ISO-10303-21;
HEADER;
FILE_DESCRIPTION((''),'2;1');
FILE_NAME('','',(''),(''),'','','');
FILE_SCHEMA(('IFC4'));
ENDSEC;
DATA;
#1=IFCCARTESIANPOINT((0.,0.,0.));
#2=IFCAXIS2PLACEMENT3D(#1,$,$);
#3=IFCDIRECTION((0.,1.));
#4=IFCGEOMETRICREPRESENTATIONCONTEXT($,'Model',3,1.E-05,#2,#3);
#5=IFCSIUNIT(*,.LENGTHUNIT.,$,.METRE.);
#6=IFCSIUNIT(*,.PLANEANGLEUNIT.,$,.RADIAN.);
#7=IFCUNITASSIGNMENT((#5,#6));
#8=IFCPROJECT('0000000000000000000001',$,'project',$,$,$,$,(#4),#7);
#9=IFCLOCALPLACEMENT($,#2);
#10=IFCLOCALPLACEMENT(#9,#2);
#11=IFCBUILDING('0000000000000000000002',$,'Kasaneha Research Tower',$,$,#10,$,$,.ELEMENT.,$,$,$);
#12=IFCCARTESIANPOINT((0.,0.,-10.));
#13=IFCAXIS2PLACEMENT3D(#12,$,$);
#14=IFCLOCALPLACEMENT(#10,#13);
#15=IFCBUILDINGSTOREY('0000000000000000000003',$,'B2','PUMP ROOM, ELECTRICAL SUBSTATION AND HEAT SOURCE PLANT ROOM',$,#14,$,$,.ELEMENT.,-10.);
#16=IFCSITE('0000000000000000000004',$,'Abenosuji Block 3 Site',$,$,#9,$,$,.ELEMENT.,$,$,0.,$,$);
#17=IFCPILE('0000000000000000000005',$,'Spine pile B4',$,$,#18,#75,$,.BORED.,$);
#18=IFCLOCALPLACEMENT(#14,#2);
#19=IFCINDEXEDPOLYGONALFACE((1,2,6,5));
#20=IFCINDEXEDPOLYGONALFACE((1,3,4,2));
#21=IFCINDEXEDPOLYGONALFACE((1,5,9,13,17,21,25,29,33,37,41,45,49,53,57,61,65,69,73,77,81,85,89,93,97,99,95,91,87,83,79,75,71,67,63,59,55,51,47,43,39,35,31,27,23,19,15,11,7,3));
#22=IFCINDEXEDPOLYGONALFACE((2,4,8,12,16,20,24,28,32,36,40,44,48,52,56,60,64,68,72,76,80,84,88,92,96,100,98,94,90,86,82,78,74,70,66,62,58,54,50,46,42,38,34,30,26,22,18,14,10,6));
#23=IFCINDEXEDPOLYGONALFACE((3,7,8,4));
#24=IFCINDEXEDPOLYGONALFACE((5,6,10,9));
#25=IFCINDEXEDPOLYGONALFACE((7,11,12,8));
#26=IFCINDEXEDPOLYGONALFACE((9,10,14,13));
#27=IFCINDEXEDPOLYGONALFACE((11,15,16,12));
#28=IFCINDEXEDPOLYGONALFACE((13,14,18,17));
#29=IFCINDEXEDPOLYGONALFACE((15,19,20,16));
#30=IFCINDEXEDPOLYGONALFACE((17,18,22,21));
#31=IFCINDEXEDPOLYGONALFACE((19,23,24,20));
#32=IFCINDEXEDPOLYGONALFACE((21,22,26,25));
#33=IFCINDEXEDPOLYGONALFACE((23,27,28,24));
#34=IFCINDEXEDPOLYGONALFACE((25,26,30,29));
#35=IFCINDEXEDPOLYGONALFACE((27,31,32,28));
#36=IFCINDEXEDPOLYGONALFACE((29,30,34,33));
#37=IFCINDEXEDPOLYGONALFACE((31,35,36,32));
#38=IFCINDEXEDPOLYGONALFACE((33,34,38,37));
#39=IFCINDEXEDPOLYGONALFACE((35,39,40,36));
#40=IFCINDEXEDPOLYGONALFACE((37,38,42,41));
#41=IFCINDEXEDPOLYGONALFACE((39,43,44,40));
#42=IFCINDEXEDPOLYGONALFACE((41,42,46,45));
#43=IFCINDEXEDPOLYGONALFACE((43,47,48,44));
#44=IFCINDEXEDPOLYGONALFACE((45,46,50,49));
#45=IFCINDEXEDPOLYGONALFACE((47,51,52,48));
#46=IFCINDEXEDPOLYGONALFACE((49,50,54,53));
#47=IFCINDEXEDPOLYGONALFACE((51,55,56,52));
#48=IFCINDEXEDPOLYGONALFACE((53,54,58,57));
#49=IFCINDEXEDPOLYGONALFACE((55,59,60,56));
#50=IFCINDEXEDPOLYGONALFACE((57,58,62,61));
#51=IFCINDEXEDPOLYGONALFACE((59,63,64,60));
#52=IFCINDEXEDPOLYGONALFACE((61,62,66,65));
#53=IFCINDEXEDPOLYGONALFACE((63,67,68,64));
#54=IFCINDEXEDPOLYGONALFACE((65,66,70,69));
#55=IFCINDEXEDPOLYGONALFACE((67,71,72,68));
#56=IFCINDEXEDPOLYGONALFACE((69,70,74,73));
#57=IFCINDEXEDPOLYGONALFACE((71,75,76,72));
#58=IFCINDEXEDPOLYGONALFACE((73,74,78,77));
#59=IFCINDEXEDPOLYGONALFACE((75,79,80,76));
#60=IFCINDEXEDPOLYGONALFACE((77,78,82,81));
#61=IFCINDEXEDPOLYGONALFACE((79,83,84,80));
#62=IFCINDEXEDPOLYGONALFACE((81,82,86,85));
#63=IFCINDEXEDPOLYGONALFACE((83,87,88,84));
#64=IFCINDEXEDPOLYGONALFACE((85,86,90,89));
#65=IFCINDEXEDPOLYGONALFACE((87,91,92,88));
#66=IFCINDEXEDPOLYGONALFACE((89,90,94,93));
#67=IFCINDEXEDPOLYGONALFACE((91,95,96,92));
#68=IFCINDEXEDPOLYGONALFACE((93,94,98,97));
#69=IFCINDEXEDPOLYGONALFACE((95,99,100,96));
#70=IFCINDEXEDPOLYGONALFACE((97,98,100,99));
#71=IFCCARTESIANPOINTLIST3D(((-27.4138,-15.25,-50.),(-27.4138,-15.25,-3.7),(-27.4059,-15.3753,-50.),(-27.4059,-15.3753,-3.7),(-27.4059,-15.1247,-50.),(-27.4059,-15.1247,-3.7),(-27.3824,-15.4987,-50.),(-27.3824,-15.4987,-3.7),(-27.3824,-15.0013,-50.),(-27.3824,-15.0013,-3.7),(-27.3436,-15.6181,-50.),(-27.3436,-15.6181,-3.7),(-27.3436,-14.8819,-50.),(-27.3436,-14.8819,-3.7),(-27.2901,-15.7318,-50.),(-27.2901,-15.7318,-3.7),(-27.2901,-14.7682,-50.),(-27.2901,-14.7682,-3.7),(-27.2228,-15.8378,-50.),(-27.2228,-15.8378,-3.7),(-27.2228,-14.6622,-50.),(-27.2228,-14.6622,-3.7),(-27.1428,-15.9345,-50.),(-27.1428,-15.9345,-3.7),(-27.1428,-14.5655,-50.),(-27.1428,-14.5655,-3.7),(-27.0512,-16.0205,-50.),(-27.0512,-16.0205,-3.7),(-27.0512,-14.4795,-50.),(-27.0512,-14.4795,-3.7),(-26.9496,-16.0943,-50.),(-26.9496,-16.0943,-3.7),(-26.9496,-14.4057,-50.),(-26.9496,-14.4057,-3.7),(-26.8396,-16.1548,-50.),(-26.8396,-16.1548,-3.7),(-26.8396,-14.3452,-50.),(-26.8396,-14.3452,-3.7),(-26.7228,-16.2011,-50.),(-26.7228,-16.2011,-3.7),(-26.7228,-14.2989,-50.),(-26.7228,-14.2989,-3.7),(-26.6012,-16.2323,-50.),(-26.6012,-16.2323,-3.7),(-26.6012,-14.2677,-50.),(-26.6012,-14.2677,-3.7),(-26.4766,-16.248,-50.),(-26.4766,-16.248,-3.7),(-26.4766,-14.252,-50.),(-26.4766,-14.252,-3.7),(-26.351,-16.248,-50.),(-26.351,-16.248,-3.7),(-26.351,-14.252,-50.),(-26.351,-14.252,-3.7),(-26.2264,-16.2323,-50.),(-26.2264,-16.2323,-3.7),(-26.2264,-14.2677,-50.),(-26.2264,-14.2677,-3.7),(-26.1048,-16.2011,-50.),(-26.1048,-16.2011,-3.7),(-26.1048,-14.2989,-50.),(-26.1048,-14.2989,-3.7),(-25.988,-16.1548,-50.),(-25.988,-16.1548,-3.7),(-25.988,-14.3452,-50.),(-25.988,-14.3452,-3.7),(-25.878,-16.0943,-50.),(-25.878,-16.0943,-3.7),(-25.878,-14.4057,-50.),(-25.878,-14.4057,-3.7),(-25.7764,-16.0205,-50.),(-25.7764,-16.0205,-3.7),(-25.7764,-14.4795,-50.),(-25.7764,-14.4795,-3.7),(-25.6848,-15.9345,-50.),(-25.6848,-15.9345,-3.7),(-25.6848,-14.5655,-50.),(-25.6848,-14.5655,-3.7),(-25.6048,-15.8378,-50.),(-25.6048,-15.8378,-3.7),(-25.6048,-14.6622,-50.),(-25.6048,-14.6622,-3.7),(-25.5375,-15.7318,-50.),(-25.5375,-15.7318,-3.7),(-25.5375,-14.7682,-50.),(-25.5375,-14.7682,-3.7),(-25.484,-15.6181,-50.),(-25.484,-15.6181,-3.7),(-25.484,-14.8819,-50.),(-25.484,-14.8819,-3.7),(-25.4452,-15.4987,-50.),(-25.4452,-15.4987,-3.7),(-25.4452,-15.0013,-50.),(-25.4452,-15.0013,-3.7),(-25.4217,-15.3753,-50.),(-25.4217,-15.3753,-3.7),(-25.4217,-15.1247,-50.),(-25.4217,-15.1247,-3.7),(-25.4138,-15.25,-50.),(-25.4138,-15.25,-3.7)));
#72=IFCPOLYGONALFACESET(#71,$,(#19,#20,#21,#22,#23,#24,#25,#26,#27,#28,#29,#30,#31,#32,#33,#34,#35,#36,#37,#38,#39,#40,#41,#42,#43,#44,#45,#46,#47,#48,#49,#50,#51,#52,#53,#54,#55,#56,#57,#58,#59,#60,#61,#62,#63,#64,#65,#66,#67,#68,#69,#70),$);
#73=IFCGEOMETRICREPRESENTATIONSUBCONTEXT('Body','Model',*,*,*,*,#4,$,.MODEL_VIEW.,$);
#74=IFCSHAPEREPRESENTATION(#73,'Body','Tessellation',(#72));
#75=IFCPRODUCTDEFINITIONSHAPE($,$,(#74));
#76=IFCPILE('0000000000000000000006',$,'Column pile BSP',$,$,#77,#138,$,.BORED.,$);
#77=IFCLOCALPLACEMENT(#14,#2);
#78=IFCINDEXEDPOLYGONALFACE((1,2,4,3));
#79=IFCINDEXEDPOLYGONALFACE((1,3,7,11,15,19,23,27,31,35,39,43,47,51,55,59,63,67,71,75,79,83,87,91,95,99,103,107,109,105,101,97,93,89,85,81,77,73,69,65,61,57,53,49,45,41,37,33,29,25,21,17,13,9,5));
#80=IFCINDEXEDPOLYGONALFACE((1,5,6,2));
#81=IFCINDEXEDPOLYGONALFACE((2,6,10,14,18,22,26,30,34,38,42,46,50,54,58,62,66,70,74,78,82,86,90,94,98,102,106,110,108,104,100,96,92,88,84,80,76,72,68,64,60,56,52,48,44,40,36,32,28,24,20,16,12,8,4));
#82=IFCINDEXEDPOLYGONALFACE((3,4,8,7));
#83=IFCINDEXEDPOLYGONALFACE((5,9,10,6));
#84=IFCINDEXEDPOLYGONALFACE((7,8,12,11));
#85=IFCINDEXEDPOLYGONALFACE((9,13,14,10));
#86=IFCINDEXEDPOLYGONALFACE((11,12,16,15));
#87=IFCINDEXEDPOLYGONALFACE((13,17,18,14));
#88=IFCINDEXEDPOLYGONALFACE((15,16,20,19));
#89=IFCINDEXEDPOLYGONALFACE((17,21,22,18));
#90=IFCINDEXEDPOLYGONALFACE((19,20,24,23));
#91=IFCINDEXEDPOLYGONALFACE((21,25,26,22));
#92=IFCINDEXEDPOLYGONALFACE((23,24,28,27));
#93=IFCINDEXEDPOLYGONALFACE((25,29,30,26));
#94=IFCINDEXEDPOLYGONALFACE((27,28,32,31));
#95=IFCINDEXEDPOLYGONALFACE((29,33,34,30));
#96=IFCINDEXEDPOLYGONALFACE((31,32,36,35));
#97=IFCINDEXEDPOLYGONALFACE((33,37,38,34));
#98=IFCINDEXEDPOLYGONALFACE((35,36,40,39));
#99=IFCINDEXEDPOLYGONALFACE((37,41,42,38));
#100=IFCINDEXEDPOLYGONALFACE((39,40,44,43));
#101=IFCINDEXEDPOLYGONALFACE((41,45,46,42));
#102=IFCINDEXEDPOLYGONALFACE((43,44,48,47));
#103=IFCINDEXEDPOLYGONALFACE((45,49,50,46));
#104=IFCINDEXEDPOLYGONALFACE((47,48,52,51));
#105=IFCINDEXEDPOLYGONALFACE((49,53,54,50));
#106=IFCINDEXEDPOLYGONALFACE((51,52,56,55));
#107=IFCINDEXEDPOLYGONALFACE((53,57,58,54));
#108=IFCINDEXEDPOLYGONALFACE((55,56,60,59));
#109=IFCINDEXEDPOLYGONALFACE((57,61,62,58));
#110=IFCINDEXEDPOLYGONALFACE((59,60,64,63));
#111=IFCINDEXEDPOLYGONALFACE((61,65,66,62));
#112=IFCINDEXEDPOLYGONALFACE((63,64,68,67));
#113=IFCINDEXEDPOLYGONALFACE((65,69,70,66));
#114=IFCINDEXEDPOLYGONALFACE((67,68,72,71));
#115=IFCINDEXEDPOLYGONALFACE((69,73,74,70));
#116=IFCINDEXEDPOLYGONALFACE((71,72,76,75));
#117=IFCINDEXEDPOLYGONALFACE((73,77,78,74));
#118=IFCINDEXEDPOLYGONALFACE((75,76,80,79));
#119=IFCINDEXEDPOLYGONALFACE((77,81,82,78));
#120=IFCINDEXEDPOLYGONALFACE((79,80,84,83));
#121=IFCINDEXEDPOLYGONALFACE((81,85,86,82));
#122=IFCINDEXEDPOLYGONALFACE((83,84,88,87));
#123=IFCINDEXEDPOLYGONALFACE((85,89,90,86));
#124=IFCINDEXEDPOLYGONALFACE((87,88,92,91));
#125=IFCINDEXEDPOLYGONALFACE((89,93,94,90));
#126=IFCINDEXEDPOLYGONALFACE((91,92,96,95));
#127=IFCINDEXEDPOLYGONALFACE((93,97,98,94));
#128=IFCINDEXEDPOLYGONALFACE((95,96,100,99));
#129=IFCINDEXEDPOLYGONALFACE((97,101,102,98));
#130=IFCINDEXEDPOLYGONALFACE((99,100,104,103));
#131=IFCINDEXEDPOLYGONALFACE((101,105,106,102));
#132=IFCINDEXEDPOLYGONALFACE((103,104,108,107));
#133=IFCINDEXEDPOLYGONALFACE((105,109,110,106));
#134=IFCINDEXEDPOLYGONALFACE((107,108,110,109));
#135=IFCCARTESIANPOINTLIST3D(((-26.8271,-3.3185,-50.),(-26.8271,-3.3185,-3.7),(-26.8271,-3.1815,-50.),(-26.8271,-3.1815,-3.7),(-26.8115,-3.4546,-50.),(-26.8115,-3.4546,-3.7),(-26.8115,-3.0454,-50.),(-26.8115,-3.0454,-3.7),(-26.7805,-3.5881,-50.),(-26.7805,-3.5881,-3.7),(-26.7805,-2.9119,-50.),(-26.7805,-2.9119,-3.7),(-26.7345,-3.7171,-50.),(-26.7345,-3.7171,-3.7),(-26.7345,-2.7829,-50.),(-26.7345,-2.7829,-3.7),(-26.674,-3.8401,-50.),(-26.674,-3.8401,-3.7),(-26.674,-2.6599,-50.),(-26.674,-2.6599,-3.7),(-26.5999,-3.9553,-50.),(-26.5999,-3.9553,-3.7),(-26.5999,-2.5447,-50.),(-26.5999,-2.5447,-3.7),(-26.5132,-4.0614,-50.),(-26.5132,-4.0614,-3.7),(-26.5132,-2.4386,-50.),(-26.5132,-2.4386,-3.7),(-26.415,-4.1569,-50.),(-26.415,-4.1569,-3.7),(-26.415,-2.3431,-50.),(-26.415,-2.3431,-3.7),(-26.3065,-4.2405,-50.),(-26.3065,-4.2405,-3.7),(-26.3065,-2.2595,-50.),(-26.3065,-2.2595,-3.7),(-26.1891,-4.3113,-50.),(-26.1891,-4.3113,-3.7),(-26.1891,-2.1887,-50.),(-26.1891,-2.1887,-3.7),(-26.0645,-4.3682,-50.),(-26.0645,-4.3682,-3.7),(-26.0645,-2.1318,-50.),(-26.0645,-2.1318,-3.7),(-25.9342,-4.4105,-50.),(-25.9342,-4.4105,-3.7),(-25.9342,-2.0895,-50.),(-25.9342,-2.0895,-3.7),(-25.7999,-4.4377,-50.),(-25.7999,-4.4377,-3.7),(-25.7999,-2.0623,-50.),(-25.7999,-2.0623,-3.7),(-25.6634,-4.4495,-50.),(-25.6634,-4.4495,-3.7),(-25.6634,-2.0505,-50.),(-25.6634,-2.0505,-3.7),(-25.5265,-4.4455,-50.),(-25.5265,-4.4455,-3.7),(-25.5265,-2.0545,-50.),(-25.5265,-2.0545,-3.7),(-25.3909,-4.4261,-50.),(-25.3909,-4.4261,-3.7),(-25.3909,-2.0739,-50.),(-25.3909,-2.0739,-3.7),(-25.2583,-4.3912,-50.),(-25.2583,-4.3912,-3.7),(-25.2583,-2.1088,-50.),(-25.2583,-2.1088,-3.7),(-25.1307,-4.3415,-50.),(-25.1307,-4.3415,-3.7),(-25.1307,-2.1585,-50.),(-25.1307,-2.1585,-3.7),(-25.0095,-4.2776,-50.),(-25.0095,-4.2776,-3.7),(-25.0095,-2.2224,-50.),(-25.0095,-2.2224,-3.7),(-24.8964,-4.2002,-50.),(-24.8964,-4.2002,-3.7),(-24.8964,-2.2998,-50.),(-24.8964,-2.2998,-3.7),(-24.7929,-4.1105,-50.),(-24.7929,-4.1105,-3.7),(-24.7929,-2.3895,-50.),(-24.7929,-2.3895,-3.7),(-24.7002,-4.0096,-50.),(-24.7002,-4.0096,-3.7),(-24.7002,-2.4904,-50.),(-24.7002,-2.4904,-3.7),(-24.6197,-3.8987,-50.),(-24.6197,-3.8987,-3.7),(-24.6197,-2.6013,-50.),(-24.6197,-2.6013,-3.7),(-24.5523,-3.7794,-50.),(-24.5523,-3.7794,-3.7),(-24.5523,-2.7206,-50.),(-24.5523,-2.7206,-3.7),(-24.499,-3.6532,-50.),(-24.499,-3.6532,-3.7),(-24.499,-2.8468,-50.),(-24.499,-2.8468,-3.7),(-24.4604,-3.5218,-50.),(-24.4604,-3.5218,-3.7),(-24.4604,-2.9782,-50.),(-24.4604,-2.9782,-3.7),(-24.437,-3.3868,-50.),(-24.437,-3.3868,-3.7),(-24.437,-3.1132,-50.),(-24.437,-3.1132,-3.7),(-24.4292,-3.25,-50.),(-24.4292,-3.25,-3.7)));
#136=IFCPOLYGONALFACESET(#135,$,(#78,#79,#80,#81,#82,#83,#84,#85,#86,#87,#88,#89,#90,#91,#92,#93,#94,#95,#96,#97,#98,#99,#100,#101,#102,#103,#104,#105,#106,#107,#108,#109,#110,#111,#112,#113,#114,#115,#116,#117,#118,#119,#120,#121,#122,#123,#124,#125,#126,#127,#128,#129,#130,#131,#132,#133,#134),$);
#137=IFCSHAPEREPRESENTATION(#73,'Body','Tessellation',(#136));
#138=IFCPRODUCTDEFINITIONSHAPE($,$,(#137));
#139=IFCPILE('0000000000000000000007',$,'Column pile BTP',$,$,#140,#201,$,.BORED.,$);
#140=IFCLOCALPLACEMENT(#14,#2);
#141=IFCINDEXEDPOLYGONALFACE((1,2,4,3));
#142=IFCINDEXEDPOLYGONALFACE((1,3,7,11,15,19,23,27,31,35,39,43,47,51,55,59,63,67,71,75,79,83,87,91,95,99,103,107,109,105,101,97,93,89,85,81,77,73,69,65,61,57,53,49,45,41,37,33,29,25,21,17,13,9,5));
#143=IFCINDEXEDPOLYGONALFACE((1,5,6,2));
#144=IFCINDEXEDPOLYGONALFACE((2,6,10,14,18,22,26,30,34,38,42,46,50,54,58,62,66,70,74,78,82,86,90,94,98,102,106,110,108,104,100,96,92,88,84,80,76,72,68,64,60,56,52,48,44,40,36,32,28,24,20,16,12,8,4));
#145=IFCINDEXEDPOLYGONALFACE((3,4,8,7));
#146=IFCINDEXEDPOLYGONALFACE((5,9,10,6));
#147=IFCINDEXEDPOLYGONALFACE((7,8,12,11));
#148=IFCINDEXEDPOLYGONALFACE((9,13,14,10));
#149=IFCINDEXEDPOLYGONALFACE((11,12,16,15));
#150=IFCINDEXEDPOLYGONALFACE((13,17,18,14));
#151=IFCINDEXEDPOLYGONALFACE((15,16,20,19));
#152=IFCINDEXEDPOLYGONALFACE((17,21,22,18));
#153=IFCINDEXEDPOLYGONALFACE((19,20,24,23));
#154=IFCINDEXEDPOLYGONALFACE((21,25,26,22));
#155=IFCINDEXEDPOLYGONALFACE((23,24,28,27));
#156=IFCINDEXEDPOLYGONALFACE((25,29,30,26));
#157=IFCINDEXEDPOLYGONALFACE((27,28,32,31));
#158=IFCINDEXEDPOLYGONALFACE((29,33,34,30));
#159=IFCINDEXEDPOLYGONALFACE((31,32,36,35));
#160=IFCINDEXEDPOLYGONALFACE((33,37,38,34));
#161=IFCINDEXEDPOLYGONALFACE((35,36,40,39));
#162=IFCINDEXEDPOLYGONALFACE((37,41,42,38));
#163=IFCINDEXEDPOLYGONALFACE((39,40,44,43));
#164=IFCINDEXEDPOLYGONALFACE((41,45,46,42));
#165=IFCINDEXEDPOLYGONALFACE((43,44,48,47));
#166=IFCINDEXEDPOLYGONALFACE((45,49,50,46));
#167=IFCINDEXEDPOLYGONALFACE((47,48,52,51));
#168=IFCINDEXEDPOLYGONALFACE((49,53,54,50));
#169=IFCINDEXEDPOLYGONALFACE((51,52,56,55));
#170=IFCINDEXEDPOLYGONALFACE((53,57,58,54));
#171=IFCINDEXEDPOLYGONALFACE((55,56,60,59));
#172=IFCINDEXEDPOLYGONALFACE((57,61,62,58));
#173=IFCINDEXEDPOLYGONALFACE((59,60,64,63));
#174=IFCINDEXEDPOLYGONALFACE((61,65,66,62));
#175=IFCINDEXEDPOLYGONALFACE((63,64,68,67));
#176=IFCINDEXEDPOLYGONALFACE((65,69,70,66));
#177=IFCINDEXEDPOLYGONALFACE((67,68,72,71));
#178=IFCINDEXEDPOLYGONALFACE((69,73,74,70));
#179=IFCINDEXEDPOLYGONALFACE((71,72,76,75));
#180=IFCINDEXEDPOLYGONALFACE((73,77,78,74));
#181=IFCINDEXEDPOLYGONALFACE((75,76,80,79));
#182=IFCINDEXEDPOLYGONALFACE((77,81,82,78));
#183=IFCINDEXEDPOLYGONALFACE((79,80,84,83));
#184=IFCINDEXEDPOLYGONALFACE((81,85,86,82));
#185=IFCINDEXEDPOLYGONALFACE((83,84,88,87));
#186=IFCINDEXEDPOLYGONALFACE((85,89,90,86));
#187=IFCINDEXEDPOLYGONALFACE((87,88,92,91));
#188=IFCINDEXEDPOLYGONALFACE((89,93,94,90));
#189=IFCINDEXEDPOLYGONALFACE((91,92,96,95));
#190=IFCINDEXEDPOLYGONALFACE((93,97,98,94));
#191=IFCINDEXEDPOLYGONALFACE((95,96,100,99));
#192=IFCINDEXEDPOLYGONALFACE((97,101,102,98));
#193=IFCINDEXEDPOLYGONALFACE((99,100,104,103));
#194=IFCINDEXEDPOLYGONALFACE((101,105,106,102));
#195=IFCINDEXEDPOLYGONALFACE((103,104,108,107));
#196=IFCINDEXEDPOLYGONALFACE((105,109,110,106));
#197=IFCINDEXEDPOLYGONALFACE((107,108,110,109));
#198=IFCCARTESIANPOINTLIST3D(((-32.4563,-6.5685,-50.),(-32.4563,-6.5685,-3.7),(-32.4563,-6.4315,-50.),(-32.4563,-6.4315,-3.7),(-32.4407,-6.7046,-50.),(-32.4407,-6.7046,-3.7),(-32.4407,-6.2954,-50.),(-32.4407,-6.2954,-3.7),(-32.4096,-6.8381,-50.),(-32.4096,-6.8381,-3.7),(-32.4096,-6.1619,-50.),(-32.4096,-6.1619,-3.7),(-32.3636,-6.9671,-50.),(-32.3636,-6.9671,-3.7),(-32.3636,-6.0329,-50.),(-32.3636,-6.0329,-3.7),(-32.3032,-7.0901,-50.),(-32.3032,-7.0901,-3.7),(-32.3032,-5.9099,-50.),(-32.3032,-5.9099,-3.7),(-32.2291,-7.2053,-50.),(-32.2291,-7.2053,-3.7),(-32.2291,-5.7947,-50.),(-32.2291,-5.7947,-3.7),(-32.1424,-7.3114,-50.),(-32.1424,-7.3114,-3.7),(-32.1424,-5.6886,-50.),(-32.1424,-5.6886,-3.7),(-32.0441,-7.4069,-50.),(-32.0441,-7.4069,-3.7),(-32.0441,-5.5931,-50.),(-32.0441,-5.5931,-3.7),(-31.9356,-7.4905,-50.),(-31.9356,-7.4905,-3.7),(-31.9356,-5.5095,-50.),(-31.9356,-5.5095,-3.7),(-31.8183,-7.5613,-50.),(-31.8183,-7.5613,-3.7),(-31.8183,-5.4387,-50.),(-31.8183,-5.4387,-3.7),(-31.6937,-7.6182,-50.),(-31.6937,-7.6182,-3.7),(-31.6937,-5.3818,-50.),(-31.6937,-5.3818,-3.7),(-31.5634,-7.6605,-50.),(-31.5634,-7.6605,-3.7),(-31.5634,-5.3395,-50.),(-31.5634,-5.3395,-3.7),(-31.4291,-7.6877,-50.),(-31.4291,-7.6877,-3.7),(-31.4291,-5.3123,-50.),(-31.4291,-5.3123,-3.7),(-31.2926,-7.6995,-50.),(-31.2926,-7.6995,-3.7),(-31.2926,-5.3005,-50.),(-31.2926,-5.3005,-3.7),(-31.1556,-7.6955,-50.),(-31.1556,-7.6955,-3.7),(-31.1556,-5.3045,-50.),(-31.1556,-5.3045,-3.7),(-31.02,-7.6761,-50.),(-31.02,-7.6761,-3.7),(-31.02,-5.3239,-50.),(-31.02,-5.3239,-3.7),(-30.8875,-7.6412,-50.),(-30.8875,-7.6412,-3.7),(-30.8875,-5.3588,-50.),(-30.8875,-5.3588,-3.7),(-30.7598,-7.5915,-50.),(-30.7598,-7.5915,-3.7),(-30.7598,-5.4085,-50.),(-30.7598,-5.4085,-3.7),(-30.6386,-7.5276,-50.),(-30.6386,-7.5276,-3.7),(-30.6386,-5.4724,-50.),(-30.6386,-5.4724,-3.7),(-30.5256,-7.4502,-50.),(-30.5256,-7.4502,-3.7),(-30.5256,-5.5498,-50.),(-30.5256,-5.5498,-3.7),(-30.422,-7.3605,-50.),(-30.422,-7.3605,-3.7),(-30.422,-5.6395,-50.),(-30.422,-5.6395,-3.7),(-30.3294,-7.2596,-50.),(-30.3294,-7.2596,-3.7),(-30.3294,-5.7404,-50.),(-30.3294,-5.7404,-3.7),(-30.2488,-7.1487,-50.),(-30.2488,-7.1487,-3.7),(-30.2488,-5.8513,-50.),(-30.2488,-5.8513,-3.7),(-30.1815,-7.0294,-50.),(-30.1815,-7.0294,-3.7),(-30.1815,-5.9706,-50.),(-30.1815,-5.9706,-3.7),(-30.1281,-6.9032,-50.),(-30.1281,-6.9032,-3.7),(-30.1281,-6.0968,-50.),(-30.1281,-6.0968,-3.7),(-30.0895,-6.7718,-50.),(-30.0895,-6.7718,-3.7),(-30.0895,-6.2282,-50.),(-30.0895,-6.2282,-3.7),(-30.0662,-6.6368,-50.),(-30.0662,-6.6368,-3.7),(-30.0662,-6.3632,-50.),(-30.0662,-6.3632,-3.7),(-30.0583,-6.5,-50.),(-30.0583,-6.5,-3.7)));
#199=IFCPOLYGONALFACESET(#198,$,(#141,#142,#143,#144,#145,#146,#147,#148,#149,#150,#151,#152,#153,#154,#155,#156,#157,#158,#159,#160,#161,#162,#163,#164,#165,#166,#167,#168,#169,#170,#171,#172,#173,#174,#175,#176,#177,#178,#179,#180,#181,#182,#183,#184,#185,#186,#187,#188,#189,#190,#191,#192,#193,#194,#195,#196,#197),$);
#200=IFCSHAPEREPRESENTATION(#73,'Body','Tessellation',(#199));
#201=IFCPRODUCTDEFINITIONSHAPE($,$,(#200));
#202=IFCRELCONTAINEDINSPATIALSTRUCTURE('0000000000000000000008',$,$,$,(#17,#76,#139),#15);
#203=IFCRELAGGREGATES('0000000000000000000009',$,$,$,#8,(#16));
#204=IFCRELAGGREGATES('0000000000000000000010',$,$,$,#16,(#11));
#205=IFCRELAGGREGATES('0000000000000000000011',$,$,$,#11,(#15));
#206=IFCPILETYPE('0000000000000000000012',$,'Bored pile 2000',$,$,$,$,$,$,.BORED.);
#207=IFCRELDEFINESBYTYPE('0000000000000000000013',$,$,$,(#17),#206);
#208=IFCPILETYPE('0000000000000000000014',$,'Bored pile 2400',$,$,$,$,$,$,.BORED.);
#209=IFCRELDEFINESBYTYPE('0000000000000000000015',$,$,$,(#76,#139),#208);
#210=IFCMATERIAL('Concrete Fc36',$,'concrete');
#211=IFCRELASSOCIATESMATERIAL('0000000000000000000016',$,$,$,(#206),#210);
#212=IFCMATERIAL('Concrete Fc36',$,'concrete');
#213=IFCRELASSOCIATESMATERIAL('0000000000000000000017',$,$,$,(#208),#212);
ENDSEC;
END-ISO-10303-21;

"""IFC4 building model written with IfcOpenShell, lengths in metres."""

from ifc_helpers import new_model, si_unit, direction, frame, origin, origin_2d, place, context, subcontext, project, spatial, circle, extrude, material, material_profile, profile_set, type_object, element, save


model = new_model("IFC4")

# Units and contexts
model_context = context("Model", 3, precision=1e-05, world=origin(), true_north=direction((0.0, 1.0)))
body_context = subcontext(model_context, "Body", "Model", "MODEL_VIEW")
ifc_project = project(units=[si_unit("LENGTHUNIT", "METRE"), si_unit("PLANEANGLEUNIT", "RADIAN")], contexts=[model_context])

# Site, building, storey
site_placement = place(None, origin())
site = spatial("IfcSite", under=ifc_project, at=site_placement, Name="Abenosuji Block 3 Site", CompositionType="ELEMENT", RefElevation=0.0)
building_placement = place(site_placement, origin())
building = spatial("IfcBuilding", under=site, at=building_placement, Name="Kasaneha Research Tower", CompositionType="ELEMENT")
storey_placement = place(building_placement, frame((0.0, 0.0, -10.0)))
storey = spatial("IfcBuildingStorey", under=building, at=storey_placement, Name="B2", Description="PUMP ROOM, ELECTRICAL SUBSTATION AND HEAT SOURCE PLANT ROOM", CompositionType="ELEMENT", Elevation=-10.0)

# Piles
ifc_material_1 = material(Name="Concrete Fc36", Category="concrete")
ifc_material_profile_1 = material_profile(ifc_material_1, circle(Radius=1.0, at=origin_2d()), Name="Bored pile 2000")
ifc_profile_set_1 = profile_set([ifc_material_profile_1], Name="Concrete Fc36")
pile_type_1 = type_object("IfcPileType", Name="Bored pile 2000", PredefinedType="BORED", material=ifc_profile_set_1)
for number, where, z_axis, x_axis, name in (
    (1, (-26.4138, -15.25, -3.7), (0.0, 0.0, -1.0), (1.0, 0.0, 0.0), "Spine pile B4"),
):
    element("IfcPile", number, at=place(storey_placement, frame(where, z_axis=z_axis, x_axis=x_axis)), inside=storey, type_object=pile_type_1, Name=name, PredefinedType="BORED", context=body_context, shape_type="SweptSolid", body=[
        extrude(circle(Radius=1.0, at=origin_2d()), origin(), (0.0, 0.0, 1.0), 46.3),
    ])
ifc_material_2 = material(Name="Concrete Fc36", Category="concrete")
ifc_material_profile_2 = material_profile(ifc_material_2, circle(Radius=1.2, at=origin_2d()), Name="Bored pile 2400")
ifc_profile_set_2 = profile_set([ifc_material_profile_2], Name="Concrete Fc36")
pile_type_2 = type_object("IfcPileType", Name="Bored pile 2400", PredefinedType="BORED", material=ifc_profile_set_2)
for number, where, z_axis, x_axis, name in (
    (2, (-25.6292, -3.25, -3.7), (0.0, 0.0, -1.0), (1.0, 0.0, 0.0), "Column pile BSP"),
    (3, (-31.2583, -6.5, -3.7), (0.0, 0.0, -1.0), (1.0, 0.0, 0.0), "Column pile BTP"),
):
    element("IfcPile", number, at=place(storey_placement, frame(where, z_axis=z_axis, x_axis=x_axis)), inside=storey, type_object=pile_type_2, Name=name, PredefinedType="BORED", context=body_context, shape_type="SweptSolid", body=[
        extrude(circle(Radius=1.2, at=origin_2d()), origin(), (0.0, 0.0, 1.0), 46.3),
    ])

save(model, "model.ifc")
